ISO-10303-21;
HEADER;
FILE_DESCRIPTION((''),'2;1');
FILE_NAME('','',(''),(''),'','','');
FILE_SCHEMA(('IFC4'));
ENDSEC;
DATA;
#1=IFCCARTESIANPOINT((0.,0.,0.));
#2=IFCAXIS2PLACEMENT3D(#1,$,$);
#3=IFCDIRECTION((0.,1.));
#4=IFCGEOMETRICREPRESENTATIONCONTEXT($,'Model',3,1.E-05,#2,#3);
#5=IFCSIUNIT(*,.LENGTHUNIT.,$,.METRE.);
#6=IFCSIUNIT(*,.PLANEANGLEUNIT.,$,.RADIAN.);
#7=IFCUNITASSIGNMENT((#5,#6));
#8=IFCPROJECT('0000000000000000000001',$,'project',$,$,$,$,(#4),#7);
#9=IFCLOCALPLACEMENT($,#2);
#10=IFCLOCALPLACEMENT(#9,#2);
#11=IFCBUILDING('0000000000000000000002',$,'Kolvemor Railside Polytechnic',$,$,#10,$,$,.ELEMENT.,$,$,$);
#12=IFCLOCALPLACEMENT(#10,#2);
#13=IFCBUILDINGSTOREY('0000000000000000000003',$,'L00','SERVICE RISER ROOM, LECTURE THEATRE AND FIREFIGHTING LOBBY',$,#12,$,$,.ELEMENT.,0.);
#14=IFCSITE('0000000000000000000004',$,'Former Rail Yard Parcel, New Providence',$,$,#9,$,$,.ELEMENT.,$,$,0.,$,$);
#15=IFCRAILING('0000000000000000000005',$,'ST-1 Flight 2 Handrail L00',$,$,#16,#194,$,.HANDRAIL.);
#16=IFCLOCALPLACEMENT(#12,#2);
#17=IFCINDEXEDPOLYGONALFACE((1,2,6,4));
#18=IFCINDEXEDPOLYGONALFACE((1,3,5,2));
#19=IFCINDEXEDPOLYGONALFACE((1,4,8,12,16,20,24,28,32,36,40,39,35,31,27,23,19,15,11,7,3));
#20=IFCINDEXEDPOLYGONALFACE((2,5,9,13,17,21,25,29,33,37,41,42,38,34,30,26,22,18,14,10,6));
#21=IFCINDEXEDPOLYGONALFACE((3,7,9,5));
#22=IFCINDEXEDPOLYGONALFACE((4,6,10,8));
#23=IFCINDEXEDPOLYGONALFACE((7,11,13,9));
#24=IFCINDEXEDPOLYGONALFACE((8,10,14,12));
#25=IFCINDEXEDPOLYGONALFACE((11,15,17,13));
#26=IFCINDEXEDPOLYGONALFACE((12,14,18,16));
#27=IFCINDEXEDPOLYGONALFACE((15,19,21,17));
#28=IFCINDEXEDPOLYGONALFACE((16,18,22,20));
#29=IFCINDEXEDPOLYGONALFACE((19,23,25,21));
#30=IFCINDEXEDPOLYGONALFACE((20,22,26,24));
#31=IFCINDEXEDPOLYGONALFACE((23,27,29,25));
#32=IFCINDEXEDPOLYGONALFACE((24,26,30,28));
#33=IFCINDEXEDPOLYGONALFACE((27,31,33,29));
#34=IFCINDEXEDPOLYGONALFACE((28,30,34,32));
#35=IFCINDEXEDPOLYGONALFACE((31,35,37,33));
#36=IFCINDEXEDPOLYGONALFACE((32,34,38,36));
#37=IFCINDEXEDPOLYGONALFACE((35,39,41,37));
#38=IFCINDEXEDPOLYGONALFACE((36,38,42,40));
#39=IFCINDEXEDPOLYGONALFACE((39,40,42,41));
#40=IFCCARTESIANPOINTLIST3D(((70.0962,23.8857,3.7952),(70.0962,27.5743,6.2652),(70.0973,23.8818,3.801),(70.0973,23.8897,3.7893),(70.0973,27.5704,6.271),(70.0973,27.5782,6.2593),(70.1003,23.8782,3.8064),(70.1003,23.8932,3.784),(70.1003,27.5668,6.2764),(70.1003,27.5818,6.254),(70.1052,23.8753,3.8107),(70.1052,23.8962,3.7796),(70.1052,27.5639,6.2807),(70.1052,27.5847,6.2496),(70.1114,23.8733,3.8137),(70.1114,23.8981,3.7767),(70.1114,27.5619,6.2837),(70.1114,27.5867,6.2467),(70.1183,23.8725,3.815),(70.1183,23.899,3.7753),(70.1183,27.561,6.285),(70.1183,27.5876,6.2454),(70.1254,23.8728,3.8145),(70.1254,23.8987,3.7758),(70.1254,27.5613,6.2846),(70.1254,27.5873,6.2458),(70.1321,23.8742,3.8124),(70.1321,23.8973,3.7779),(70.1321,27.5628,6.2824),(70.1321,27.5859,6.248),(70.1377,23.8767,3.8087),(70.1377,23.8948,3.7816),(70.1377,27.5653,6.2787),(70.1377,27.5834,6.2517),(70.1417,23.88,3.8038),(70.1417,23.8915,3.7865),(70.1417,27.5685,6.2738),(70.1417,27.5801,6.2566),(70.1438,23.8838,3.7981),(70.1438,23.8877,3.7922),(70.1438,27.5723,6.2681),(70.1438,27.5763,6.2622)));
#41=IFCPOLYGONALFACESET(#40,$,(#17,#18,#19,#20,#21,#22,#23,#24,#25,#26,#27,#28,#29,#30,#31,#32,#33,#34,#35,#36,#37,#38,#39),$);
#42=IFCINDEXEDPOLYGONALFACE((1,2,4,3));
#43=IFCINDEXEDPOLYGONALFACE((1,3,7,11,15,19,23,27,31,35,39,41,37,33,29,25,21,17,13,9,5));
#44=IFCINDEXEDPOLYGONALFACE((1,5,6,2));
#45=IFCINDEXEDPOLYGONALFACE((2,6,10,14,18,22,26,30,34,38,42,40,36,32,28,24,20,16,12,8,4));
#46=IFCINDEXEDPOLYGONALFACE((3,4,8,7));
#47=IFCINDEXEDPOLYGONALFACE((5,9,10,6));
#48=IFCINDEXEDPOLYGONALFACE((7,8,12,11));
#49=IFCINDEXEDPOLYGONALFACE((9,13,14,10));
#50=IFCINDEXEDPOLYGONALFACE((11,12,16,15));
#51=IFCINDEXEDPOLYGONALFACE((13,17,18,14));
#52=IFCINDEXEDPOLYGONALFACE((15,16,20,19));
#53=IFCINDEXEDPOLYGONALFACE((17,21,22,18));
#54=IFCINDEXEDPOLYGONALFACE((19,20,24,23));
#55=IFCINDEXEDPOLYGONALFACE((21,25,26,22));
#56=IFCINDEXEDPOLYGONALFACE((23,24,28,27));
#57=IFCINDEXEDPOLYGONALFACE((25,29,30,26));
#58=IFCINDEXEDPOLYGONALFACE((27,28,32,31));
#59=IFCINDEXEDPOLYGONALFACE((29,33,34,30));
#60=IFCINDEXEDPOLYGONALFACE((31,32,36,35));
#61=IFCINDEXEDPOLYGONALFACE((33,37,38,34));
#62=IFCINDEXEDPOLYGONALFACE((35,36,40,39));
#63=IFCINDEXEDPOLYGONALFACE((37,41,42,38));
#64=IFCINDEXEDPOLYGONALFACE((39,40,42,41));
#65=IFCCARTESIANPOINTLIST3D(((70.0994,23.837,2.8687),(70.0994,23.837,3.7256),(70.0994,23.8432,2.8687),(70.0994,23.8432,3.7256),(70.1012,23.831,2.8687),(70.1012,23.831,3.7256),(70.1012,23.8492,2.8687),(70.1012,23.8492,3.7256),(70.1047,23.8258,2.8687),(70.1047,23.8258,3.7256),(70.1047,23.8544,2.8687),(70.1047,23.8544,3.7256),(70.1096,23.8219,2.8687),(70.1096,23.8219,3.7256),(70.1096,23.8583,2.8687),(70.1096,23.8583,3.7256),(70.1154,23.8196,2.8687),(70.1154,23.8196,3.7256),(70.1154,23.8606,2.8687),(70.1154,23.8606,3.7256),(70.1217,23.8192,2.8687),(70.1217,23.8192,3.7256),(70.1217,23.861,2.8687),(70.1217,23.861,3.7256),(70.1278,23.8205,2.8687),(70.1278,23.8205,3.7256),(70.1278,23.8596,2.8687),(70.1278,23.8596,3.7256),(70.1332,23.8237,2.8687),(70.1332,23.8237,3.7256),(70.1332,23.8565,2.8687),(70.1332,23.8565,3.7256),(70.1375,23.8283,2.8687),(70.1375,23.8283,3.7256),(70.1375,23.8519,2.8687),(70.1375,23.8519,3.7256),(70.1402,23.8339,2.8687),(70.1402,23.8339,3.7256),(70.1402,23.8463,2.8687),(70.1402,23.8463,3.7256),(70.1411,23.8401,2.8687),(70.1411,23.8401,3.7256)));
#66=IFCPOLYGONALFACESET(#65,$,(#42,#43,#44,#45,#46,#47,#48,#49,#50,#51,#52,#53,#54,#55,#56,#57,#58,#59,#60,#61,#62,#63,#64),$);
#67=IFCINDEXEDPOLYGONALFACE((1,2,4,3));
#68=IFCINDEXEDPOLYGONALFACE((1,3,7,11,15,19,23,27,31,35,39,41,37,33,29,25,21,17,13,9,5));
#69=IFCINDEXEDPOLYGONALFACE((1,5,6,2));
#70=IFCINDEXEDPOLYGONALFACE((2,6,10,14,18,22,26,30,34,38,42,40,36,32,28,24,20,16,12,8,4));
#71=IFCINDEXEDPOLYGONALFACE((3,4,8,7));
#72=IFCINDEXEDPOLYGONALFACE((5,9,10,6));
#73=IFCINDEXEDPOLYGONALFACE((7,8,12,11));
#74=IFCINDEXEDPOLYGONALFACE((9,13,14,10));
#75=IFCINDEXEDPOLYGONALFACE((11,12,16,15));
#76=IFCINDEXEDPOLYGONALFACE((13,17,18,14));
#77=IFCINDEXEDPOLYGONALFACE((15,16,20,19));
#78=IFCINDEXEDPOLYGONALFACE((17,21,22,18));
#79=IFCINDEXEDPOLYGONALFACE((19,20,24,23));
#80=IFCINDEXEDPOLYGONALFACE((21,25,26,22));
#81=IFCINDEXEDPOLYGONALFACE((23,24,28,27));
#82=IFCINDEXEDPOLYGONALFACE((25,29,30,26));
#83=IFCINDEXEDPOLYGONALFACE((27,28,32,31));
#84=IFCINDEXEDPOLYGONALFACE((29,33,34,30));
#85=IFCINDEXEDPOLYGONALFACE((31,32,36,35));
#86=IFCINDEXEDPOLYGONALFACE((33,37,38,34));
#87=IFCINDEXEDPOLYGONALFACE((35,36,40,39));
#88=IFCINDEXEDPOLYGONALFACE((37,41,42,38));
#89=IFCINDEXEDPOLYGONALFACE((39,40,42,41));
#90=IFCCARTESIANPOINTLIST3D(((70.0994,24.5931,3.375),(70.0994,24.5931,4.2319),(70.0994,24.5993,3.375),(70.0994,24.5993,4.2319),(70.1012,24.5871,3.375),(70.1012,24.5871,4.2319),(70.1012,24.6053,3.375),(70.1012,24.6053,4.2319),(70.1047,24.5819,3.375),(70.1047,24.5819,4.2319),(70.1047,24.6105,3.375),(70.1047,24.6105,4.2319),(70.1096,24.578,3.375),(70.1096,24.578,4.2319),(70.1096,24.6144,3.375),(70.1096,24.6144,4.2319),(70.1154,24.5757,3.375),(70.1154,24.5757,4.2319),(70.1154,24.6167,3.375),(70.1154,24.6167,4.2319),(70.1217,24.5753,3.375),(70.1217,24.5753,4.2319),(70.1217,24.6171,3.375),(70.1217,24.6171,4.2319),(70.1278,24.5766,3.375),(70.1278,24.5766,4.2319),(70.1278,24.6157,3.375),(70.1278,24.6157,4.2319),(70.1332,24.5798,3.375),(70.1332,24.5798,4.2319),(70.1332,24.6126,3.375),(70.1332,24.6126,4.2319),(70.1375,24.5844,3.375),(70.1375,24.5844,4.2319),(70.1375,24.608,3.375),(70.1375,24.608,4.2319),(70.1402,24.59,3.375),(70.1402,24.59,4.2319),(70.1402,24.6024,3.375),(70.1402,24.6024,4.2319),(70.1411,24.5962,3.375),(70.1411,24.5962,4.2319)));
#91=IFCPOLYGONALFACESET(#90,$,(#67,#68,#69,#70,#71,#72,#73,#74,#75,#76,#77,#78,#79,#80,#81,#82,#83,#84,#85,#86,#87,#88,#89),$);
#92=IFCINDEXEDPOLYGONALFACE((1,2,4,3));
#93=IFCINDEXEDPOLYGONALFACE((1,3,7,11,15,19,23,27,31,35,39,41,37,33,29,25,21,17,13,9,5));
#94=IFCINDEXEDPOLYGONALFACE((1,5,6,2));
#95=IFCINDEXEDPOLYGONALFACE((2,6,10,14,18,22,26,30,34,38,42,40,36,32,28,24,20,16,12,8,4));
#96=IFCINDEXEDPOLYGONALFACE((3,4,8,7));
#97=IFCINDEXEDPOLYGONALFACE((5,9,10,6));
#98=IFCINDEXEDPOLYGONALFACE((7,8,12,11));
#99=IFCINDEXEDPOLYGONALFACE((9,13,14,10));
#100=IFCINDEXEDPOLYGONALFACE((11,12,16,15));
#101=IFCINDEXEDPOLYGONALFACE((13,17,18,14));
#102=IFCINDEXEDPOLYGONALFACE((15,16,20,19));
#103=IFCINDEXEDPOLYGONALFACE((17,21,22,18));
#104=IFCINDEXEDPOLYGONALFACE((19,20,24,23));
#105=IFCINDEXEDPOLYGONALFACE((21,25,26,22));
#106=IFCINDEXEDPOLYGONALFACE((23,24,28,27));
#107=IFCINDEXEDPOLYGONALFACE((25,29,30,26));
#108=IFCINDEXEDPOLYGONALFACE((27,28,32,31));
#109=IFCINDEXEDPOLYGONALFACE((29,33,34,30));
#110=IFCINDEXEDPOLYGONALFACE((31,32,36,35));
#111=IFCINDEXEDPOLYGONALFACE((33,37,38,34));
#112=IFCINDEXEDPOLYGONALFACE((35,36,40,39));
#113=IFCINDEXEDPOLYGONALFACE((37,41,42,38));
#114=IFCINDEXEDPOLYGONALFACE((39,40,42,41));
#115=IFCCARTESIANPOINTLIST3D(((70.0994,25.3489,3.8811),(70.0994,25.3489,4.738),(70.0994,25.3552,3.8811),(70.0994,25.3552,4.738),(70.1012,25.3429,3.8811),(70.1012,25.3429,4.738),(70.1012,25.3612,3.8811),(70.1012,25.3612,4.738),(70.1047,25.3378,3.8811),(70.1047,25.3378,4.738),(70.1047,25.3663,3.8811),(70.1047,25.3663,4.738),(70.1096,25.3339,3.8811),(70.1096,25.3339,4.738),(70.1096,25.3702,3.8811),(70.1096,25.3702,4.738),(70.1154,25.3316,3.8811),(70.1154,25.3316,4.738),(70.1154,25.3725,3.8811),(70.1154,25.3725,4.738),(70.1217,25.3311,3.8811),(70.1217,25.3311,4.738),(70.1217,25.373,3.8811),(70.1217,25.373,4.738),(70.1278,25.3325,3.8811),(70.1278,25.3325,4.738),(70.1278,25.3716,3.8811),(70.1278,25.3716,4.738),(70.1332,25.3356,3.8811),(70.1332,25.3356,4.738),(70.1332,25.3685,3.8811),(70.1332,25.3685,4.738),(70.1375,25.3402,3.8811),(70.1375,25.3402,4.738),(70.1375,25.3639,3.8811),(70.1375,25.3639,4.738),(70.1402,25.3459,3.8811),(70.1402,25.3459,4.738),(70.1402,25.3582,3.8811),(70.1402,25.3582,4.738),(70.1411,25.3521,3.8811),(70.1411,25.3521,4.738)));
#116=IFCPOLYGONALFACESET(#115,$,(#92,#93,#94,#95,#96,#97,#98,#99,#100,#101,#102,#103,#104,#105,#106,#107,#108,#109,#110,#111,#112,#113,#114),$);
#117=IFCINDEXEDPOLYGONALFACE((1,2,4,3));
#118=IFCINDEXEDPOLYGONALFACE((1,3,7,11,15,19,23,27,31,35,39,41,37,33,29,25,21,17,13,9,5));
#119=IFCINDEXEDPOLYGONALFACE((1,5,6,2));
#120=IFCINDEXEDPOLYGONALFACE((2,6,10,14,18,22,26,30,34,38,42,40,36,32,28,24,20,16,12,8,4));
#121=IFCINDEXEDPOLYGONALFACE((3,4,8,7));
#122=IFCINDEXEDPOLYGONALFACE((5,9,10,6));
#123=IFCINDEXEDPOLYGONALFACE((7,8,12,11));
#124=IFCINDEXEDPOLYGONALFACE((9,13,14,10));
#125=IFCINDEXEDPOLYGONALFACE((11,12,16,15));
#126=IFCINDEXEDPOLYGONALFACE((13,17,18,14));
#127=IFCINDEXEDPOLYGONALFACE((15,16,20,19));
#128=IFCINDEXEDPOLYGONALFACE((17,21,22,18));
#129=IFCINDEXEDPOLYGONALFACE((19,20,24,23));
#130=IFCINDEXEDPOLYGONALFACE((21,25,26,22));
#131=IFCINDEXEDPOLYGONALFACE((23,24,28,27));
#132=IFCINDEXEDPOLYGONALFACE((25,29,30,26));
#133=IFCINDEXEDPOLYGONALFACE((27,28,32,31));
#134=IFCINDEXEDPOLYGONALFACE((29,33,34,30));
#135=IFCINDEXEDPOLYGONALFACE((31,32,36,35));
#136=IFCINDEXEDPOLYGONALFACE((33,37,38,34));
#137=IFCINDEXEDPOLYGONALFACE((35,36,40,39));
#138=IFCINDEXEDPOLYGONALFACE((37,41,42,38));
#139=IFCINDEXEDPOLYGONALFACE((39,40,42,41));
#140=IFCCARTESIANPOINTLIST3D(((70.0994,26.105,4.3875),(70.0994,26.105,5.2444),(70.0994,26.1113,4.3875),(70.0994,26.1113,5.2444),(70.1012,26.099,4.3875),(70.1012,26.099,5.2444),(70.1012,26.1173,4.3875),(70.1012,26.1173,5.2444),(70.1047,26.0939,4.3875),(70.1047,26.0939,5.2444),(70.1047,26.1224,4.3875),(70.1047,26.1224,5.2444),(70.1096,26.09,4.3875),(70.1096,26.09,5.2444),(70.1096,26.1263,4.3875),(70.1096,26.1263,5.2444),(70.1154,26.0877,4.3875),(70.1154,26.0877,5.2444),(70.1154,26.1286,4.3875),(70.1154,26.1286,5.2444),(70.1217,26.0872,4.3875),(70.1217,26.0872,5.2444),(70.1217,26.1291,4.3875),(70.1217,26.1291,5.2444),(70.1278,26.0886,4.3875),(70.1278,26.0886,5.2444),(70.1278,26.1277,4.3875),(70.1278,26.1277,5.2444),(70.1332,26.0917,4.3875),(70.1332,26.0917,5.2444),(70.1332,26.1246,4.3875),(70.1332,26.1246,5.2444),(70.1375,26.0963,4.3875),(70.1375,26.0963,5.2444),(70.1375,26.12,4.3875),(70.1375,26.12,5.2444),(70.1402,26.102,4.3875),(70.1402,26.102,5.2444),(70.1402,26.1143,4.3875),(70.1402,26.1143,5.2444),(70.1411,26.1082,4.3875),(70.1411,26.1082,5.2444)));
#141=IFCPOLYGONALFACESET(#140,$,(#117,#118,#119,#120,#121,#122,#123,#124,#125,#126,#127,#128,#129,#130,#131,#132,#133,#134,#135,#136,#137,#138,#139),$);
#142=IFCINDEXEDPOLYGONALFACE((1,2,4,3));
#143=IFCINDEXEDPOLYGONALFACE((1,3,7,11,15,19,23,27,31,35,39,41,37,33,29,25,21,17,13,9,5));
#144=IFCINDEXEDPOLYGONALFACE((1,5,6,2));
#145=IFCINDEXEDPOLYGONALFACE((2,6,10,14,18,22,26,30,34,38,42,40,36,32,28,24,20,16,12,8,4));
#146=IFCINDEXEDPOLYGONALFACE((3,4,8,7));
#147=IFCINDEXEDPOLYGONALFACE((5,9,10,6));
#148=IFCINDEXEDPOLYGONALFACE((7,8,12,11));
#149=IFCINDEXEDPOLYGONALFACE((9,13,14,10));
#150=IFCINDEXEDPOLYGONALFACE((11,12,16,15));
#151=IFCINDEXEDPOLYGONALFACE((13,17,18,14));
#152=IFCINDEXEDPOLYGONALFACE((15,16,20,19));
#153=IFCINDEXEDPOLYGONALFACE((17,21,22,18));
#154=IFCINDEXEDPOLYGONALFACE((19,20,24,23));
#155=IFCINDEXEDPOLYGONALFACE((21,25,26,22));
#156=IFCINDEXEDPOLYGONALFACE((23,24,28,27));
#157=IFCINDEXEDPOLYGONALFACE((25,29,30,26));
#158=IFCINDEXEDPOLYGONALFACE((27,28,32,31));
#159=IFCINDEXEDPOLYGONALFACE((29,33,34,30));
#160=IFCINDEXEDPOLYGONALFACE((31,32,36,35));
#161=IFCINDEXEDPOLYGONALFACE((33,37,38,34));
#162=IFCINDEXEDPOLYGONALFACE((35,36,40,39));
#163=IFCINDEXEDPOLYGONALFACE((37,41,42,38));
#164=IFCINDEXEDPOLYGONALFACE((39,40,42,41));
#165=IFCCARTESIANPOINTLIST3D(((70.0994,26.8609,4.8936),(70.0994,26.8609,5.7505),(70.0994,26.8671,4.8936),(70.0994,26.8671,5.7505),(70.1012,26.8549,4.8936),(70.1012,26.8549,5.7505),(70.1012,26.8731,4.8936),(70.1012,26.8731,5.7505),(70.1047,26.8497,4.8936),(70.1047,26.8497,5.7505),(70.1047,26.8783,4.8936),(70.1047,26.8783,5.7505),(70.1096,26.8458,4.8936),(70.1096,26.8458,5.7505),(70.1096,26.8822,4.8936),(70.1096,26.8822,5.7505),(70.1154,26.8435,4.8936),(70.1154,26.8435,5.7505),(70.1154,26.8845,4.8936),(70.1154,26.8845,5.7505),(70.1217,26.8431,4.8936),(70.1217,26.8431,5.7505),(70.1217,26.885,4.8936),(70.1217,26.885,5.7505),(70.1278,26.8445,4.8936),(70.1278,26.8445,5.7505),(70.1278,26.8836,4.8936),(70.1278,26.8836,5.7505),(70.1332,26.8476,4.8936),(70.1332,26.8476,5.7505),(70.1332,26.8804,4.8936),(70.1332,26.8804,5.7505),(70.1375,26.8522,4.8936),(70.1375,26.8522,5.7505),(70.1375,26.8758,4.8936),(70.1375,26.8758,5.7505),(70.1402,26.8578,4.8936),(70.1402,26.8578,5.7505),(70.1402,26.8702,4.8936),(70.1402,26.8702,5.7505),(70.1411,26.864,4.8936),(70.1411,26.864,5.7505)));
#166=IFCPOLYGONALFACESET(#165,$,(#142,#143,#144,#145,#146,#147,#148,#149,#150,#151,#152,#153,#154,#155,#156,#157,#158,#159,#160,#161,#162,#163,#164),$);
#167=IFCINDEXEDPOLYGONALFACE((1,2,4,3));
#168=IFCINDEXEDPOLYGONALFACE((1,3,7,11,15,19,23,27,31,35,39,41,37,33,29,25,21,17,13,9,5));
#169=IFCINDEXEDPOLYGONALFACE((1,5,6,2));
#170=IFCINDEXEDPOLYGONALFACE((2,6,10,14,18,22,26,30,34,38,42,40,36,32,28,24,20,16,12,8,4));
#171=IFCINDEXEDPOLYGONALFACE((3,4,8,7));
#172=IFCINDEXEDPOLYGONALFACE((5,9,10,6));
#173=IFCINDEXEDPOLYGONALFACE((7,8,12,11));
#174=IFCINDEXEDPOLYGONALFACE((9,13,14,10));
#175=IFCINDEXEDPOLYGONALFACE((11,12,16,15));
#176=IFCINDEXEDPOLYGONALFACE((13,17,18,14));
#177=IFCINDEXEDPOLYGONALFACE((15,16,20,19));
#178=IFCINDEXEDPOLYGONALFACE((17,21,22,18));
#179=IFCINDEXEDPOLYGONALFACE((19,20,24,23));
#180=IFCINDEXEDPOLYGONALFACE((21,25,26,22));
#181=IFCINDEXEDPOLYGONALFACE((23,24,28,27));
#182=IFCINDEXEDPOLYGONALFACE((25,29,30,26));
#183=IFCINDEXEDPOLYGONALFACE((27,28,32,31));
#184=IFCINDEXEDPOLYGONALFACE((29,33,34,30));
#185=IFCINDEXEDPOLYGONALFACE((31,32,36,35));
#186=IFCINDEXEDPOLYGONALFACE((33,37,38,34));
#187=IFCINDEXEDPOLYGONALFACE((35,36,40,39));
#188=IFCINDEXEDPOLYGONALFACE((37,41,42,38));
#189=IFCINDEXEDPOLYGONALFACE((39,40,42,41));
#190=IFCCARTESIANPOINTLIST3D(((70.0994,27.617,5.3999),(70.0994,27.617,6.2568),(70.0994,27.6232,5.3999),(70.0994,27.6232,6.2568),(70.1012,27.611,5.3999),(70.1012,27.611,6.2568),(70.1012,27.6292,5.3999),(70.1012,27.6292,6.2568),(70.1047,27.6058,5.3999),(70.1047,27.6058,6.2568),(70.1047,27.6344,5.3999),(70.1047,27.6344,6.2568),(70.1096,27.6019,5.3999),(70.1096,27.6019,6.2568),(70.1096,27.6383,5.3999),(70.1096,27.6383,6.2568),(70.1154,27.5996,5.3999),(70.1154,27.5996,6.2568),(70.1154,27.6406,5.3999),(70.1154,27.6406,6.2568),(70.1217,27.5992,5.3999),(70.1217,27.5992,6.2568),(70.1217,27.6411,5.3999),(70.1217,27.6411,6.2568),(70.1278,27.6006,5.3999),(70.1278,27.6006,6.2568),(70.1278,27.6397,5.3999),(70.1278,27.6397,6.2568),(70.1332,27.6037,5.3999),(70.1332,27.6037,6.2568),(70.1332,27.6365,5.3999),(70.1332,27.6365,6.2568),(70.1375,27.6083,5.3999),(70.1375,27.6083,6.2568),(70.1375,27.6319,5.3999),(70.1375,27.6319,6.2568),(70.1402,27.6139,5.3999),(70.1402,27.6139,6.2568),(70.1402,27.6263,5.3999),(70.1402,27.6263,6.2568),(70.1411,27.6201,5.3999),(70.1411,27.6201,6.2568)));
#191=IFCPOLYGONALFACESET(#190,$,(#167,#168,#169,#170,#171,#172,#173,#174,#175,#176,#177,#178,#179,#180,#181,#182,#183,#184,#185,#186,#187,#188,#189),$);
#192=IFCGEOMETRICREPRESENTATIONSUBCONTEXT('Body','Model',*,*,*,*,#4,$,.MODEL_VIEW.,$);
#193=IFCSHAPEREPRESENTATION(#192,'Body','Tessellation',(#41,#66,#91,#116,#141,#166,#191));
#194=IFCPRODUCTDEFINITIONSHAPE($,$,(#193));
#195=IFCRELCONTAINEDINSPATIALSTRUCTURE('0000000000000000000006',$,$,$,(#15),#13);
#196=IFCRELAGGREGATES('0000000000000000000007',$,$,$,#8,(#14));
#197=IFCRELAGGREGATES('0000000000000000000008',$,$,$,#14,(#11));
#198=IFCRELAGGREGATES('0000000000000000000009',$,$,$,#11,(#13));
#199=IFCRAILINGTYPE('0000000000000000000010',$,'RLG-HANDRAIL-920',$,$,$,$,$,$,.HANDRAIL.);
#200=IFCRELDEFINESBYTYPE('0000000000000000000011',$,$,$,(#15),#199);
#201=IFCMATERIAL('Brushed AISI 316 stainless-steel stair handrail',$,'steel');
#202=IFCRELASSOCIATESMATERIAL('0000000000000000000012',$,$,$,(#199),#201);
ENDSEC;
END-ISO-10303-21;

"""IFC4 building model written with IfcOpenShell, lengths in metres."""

from ifc_helpers import new_model, si_unit, direction, frame, origin, origin_2d, place, context, subcontext, project, spatial, circle, extrude, material, type_object, element, save


model = new_model("IFC4")

# Units and contexts
model_context = context("Model", 3, precision=1e-05, world=origin(), true_north=direction((0.0, 1.0)))
body_context = subcontext(model_context, "Body", "Model", "MODEL_VIEW")
ifc_project = project(units=[si_unit("LENGTHUNIT", "METRE"), si_unit("PLANEANGLEUNIT", "RADIAN")], contexts=[model_context])

# Site, building, storey
site_placement = place(None, origin())
site = spatial("IfcSite", under=ifc_project, at=site_placement, Name="Former Rail Yard Parcel, New Providence", CompositionType="ELEMENT", RefElevation=0.0)
building_placement = place(site_placement, origin())
building = spatial("IfcBuilding", under=site, at=building_placement, Name="Kolvemor Railside Polytechnic", CompositionType="ELEMENT")
storey_placement = place(building_placement, origin())
storey = spatial("IfcBuildingStorey", under=building, at=storey_placement, Name="L00", Description="SERVICE RISER ROOM, LECTURE THEATRE AND FIREFIGHTING LOBBY", CompositionType="ELEMENT", Elevation=0.0)

# Railing
ifc_material_1 = material(Name="Brushed AISI 316 stainless-steel stair handrail", Category="steel")
railing_type_1 = type_object("IfcRailingType", Name="RLG-HANDRAIL-920", PredefinedType="HANDRAIL", material=ifc_material_1)
railing_1_placement = place(storey_placement, frame((70.1201, 23.8401, 2.8687)))
element("IfcRailing", 1, at=railing_1_placement, inside=storey, type_object=railing_type_1, Name="ST-1 Flight 2 Handrail L00", PredefinedType="HANDRAIL", context=body_context, shape_type="SweptSolid", body=[
    extrude(circle(Radius=0.0239, at=origin_2d()), frame((0.0, 0.0457, 0.9265), z_axis=(0.0, 0.830909, 0.556408), x_axis=(-1.0, 0.0, 0.0)), (0.0, 0.0, 1.0), 4.4392),
    extrude(circle(Radius=0.021, at=origin_2d()), origin(), (0.0, 0.0, 1.0), 0.8569),
    extrude(circle(Radius=0.021, at=origin_2d()), frame((0.0, 0.7561, 0.5063)), (0.0, 0.0, 1.0), 0.8569),
    extrude(circle(Radius=0.021, at=origin_2d()), frame((0.0, 1.512, 1.0125)), (0.0, 0.0, 1.0), 0.8569),
    extrude(circle(Radius=0.021, at=origin_2d()), frame((0.0, 2.2681, 1.5188)), (0.0, 0.0, 1.0), 0.8569),
    extrude(circle(Radius=0.021, at=origin_2d()), frame((0.0, 3.0239, 2.0249)), (0.0, 0.0, 1.0), 0.8569),
    extrude(circle(Radius=0.021, at=origin_2d()), frame((0.0, 3.78, 2.5312)), (0.0, 0.0, 1.0), 0.8569),
])

save(model, "model.ifc")
